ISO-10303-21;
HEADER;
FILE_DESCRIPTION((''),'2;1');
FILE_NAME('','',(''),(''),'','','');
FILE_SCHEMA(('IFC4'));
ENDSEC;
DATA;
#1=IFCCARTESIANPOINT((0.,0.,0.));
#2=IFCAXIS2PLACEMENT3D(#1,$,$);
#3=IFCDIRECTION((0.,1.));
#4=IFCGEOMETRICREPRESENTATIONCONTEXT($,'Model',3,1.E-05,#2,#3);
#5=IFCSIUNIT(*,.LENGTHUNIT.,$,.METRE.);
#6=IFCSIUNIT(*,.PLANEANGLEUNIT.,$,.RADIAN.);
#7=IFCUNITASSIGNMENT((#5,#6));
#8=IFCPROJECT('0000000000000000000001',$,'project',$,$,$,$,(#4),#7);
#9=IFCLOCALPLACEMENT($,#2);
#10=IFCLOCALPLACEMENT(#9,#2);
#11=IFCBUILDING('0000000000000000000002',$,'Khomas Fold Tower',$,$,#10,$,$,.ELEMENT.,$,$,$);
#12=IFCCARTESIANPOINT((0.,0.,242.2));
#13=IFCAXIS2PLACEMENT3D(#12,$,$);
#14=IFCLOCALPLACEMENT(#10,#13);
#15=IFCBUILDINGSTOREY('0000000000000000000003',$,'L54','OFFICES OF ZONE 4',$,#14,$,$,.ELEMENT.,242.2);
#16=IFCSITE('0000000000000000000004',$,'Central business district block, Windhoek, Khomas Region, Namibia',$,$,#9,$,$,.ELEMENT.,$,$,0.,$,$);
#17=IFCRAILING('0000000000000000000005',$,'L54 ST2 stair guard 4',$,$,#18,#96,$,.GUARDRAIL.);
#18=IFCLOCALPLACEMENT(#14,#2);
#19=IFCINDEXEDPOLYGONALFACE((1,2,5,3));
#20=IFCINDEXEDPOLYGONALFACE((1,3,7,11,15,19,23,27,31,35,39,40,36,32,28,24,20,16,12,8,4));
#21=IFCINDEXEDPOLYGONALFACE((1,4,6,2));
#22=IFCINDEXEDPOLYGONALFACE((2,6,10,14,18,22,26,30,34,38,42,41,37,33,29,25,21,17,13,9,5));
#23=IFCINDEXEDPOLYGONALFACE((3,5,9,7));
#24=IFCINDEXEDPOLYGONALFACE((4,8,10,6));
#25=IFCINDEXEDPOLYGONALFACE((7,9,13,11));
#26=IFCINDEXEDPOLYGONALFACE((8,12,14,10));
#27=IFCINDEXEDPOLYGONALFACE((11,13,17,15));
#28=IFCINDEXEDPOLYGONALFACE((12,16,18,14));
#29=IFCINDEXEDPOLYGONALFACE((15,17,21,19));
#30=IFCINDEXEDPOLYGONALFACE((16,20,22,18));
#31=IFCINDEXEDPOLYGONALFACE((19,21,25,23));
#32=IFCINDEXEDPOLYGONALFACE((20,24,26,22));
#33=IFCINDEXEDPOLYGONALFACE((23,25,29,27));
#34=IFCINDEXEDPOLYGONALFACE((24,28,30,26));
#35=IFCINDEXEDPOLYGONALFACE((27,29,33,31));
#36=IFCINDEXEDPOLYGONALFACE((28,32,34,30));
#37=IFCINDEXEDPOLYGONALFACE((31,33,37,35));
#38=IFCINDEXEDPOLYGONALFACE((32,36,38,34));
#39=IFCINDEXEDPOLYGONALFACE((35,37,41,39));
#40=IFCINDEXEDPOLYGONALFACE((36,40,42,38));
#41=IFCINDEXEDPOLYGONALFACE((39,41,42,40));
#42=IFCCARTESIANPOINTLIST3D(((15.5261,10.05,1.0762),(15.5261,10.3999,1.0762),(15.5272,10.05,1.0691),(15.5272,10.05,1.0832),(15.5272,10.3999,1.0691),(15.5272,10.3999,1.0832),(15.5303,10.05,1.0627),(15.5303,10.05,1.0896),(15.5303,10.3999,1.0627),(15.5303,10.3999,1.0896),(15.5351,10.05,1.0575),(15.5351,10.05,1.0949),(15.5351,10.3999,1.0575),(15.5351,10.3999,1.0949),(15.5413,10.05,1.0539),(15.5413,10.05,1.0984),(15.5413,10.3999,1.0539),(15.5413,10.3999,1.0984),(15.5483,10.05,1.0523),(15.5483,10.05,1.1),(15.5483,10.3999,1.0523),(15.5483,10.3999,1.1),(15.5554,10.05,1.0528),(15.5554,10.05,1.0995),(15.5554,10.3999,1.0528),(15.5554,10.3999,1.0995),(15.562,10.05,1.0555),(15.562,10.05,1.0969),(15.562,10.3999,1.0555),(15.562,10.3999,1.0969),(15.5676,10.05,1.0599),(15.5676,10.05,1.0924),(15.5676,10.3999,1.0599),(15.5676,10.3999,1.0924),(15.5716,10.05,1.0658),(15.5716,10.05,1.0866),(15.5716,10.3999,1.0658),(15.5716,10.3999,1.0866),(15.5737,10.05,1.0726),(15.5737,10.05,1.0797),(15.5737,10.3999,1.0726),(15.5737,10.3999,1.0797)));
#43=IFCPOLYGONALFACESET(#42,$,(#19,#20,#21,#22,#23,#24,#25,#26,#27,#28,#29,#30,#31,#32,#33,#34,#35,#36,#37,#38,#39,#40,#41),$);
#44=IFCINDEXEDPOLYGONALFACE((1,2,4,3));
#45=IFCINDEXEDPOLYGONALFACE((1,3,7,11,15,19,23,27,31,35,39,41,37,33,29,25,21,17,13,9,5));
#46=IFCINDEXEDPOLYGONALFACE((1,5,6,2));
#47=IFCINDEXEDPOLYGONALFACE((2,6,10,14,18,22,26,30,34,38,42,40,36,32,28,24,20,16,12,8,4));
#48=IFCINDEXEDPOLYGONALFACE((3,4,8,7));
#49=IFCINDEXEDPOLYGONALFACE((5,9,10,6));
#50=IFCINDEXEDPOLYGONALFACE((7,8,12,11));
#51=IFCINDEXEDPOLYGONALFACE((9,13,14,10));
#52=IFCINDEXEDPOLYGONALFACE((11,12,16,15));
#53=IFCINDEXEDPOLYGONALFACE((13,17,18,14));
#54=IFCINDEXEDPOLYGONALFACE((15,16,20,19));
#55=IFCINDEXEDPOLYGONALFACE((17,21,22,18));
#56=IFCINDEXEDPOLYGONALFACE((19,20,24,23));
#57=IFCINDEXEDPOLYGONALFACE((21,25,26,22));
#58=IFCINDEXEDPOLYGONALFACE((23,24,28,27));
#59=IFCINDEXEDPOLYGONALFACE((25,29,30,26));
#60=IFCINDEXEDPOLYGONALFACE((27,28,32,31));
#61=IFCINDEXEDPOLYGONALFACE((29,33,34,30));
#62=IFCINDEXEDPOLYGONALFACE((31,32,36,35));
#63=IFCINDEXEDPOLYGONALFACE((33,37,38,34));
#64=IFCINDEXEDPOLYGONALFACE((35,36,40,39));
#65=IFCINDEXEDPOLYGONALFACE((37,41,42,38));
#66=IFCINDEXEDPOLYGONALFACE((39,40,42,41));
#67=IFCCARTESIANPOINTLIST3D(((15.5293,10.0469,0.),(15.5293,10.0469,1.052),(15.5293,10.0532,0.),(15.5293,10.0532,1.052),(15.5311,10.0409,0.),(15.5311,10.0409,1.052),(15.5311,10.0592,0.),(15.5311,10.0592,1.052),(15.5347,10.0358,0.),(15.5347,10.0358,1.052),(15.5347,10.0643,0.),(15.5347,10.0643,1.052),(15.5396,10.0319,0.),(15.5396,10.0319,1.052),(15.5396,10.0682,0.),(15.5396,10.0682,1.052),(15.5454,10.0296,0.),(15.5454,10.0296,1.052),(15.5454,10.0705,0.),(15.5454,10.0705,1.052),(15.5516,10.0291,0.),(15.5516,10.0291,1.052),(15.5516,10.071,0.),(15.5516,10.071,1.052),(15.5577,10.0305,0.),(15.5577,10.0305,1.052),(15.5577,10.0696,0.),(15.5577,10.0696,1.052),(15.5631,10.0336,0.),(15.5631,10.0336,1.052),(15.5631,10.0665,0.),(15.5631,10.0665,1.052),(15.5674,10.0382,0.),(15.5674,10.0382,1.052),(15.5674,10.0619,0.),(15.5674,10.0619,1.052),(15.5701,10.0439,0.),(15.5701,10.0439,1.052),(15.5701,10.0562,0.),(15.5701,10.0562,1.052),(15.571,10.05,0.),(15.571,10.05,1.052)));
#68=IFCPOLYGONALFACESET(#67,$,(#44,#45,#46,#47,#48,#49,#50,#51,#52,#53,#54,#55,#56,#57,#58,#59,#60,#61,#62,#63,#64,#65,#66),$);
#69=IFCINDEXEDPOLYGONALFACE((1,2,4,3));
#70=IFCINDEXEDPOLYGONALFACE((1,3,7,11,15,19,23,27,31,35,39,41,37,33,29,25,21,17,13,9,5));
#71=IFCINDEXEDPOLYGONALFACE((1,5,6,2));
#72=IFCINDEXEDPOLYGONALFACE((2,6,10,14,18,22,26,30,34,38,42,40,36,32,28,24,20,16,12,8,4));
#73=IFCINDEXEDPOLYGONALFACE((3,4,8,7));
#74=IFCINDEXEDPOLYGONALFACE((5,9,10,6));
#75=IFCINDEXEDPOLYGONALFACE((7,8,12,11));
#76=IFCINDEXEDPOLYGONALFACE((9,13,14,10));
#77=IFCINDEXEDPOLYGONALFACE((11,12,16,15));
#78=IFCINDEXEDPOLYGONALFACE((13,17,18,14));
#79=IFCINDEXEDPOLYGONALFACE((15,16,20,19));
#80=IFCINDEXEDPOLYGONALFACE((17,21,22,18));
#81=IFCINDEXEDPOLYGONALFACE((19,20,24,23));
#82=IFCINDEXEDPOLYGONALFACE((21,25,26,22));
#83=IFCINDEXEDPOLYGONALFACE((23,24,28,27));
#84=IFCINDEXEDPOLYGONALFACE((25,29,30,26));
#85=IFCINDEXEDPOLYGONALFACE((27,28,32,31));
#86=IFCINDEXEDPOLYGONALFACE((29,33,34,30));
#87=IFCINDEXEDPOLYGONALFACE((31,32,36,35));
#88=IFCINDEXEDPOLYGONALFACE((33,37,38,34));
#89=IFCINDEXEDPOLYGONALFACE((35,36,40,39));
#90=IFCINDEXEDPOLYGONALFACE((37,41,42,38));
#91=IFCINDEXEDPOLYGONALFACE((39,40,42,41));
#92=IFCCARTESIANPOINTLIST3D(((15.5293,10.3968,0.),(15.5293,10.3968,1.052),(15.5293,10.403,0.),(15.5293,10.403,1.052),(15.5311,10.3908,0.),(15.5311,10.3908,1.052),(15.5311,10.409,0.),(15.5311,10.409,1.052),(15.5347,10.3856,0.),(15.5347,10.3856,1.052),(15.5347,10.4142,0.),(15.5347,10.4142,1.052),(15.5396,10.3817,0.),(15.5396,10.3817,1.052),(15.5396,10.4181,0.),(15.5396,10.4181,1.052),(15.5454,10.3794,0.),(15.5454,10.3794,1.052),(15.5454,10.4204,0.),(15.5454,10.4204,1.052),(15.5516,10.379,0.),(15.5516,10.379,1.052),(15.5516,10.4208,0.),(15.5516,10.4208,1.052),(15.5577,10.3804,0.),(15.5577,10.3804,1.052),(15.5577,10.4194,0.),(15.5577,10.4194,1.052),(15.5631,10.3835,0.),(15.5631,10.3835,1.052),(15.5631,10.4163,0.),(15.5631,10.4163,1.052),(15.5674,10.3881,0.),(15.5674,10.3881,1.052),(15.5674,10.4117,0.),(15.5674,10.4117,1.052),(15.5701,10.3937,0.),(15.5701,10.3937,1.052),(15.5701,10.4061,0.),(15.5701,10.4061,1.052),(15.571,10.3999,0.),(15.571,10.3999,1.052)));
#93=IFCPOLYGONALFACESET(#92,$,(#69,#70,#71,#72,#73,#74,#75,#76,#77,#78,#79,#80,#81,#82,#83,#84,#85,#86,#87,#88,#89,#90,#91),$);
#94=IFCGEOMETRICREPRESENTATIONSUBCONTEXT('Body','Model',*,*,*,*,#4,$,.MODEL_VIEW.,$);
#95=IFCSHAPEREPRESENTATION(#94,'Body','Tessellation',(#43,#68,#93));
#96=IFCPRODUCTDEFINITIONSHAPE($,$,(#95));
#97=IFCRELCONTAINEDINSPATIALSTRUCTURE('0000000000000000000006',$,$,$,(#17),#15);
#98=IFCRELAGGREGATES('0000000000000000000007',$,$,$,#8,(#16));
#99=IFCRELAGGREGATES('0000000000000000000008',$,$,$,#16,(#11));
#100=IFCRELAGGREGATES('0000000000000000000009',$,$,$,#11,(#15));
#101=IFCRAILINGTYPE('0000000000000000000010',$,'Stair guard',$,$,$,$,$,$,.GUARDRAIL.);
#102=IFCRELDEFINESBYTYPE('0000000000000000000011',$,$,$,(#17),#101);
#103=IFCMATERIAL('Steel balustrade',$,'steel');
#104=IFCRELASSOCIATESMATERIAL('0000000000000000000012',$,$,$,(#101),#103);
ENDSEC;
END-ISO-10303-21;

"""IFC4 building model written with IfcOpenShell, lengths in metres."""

from ifc_helpers import new_model, si_unit, direction, frame, origin, origin_2d, place, context, subcontext, project, spatial, circle, extrude, source, transform, mapped, material, type_object, element, save


model = new_model("IFC4")

# Units and contexts
model_context = context("Model", 3, precision=1e-05, world=origin(), true_north=direction((0.0, 1.0)))
body_context = subcontext(model_context, "Body", "Model", "MODEL_VIEW")
ifc_project = project(units=[si_unit("LENGTHUNIT", "METRE"), si_unit("PLANEANGLEUNIT", "RADIAN")], contexts=[model_context])

# Site, building, storey
site_placement = place(None, origin())
site = spatial("IfcSite", under=ifc_project, at=site_placement, Name="Central business district block, Windhoek, Khomas Region, Namibia", CompositionType="ELEMENT", RefElevation=0.0)
building_placement = place(site_placement, origin())
building = spatial("IfcBuilding", under=site, at=building_placement, Name="Khomas Fold Tower", CompositionType="ELEMENT")
storey_placement = place(building_placement, frame((0.0, 0.0, 242.2)))
storey = spatial("IfcBuildingStorey", under=building, at=storey_placement, Name="L54", Description="OFFICES OF ZONE 4", CompositionType="ELEMENT", Elevation=242.2)

# Railing
ifc_material_1 = material(Name="Steel balustrade", Category="steel")
railing_type_1 = type_object("IfcRailingType", Name="Stair guard", PredefinedType="GUARDRAIL", material=ifc_material_1)
shared_shape_1 = source(origin(), body_context, "Body", "SweptSolid", [
    extrude(circle(Radius=0.0239, at=origin_2d()), frame((0.0, 0.0, 1.0762), z_axis=(0.0, 1.0, 0.0), x_axis=(-1.0, 0.0, 0.0)), (0.0, 0.0, 1.0), 0.3499),
    extrude(circle(Radius=0.021, at=origin_2d()), origin(), (0.0, 0.0, 1.0), 1.052),
    extrude(circle(Radius=0.021, at=origin_2d()), frame((0.0, 0.3499, 0.0)), (0.0, 0.0, 1.0), 1.052),
])
railing_1_placement = place(storey_placement, frame((15.55, 10.05, 0.0)))
element("IfcRailing", 1, at=railing_1_placement, inside=storey, type_object=railing_type_1, Name="L54 ST2 stair guard 4", PredefinedType="GUARDRAIL", context=body_context, shape_type="MappedRepresentation", body=[
    mapped(shared_shape_1, transform((0.0, 0.0, 0.0))),
])

save(model, "model.ifc")
